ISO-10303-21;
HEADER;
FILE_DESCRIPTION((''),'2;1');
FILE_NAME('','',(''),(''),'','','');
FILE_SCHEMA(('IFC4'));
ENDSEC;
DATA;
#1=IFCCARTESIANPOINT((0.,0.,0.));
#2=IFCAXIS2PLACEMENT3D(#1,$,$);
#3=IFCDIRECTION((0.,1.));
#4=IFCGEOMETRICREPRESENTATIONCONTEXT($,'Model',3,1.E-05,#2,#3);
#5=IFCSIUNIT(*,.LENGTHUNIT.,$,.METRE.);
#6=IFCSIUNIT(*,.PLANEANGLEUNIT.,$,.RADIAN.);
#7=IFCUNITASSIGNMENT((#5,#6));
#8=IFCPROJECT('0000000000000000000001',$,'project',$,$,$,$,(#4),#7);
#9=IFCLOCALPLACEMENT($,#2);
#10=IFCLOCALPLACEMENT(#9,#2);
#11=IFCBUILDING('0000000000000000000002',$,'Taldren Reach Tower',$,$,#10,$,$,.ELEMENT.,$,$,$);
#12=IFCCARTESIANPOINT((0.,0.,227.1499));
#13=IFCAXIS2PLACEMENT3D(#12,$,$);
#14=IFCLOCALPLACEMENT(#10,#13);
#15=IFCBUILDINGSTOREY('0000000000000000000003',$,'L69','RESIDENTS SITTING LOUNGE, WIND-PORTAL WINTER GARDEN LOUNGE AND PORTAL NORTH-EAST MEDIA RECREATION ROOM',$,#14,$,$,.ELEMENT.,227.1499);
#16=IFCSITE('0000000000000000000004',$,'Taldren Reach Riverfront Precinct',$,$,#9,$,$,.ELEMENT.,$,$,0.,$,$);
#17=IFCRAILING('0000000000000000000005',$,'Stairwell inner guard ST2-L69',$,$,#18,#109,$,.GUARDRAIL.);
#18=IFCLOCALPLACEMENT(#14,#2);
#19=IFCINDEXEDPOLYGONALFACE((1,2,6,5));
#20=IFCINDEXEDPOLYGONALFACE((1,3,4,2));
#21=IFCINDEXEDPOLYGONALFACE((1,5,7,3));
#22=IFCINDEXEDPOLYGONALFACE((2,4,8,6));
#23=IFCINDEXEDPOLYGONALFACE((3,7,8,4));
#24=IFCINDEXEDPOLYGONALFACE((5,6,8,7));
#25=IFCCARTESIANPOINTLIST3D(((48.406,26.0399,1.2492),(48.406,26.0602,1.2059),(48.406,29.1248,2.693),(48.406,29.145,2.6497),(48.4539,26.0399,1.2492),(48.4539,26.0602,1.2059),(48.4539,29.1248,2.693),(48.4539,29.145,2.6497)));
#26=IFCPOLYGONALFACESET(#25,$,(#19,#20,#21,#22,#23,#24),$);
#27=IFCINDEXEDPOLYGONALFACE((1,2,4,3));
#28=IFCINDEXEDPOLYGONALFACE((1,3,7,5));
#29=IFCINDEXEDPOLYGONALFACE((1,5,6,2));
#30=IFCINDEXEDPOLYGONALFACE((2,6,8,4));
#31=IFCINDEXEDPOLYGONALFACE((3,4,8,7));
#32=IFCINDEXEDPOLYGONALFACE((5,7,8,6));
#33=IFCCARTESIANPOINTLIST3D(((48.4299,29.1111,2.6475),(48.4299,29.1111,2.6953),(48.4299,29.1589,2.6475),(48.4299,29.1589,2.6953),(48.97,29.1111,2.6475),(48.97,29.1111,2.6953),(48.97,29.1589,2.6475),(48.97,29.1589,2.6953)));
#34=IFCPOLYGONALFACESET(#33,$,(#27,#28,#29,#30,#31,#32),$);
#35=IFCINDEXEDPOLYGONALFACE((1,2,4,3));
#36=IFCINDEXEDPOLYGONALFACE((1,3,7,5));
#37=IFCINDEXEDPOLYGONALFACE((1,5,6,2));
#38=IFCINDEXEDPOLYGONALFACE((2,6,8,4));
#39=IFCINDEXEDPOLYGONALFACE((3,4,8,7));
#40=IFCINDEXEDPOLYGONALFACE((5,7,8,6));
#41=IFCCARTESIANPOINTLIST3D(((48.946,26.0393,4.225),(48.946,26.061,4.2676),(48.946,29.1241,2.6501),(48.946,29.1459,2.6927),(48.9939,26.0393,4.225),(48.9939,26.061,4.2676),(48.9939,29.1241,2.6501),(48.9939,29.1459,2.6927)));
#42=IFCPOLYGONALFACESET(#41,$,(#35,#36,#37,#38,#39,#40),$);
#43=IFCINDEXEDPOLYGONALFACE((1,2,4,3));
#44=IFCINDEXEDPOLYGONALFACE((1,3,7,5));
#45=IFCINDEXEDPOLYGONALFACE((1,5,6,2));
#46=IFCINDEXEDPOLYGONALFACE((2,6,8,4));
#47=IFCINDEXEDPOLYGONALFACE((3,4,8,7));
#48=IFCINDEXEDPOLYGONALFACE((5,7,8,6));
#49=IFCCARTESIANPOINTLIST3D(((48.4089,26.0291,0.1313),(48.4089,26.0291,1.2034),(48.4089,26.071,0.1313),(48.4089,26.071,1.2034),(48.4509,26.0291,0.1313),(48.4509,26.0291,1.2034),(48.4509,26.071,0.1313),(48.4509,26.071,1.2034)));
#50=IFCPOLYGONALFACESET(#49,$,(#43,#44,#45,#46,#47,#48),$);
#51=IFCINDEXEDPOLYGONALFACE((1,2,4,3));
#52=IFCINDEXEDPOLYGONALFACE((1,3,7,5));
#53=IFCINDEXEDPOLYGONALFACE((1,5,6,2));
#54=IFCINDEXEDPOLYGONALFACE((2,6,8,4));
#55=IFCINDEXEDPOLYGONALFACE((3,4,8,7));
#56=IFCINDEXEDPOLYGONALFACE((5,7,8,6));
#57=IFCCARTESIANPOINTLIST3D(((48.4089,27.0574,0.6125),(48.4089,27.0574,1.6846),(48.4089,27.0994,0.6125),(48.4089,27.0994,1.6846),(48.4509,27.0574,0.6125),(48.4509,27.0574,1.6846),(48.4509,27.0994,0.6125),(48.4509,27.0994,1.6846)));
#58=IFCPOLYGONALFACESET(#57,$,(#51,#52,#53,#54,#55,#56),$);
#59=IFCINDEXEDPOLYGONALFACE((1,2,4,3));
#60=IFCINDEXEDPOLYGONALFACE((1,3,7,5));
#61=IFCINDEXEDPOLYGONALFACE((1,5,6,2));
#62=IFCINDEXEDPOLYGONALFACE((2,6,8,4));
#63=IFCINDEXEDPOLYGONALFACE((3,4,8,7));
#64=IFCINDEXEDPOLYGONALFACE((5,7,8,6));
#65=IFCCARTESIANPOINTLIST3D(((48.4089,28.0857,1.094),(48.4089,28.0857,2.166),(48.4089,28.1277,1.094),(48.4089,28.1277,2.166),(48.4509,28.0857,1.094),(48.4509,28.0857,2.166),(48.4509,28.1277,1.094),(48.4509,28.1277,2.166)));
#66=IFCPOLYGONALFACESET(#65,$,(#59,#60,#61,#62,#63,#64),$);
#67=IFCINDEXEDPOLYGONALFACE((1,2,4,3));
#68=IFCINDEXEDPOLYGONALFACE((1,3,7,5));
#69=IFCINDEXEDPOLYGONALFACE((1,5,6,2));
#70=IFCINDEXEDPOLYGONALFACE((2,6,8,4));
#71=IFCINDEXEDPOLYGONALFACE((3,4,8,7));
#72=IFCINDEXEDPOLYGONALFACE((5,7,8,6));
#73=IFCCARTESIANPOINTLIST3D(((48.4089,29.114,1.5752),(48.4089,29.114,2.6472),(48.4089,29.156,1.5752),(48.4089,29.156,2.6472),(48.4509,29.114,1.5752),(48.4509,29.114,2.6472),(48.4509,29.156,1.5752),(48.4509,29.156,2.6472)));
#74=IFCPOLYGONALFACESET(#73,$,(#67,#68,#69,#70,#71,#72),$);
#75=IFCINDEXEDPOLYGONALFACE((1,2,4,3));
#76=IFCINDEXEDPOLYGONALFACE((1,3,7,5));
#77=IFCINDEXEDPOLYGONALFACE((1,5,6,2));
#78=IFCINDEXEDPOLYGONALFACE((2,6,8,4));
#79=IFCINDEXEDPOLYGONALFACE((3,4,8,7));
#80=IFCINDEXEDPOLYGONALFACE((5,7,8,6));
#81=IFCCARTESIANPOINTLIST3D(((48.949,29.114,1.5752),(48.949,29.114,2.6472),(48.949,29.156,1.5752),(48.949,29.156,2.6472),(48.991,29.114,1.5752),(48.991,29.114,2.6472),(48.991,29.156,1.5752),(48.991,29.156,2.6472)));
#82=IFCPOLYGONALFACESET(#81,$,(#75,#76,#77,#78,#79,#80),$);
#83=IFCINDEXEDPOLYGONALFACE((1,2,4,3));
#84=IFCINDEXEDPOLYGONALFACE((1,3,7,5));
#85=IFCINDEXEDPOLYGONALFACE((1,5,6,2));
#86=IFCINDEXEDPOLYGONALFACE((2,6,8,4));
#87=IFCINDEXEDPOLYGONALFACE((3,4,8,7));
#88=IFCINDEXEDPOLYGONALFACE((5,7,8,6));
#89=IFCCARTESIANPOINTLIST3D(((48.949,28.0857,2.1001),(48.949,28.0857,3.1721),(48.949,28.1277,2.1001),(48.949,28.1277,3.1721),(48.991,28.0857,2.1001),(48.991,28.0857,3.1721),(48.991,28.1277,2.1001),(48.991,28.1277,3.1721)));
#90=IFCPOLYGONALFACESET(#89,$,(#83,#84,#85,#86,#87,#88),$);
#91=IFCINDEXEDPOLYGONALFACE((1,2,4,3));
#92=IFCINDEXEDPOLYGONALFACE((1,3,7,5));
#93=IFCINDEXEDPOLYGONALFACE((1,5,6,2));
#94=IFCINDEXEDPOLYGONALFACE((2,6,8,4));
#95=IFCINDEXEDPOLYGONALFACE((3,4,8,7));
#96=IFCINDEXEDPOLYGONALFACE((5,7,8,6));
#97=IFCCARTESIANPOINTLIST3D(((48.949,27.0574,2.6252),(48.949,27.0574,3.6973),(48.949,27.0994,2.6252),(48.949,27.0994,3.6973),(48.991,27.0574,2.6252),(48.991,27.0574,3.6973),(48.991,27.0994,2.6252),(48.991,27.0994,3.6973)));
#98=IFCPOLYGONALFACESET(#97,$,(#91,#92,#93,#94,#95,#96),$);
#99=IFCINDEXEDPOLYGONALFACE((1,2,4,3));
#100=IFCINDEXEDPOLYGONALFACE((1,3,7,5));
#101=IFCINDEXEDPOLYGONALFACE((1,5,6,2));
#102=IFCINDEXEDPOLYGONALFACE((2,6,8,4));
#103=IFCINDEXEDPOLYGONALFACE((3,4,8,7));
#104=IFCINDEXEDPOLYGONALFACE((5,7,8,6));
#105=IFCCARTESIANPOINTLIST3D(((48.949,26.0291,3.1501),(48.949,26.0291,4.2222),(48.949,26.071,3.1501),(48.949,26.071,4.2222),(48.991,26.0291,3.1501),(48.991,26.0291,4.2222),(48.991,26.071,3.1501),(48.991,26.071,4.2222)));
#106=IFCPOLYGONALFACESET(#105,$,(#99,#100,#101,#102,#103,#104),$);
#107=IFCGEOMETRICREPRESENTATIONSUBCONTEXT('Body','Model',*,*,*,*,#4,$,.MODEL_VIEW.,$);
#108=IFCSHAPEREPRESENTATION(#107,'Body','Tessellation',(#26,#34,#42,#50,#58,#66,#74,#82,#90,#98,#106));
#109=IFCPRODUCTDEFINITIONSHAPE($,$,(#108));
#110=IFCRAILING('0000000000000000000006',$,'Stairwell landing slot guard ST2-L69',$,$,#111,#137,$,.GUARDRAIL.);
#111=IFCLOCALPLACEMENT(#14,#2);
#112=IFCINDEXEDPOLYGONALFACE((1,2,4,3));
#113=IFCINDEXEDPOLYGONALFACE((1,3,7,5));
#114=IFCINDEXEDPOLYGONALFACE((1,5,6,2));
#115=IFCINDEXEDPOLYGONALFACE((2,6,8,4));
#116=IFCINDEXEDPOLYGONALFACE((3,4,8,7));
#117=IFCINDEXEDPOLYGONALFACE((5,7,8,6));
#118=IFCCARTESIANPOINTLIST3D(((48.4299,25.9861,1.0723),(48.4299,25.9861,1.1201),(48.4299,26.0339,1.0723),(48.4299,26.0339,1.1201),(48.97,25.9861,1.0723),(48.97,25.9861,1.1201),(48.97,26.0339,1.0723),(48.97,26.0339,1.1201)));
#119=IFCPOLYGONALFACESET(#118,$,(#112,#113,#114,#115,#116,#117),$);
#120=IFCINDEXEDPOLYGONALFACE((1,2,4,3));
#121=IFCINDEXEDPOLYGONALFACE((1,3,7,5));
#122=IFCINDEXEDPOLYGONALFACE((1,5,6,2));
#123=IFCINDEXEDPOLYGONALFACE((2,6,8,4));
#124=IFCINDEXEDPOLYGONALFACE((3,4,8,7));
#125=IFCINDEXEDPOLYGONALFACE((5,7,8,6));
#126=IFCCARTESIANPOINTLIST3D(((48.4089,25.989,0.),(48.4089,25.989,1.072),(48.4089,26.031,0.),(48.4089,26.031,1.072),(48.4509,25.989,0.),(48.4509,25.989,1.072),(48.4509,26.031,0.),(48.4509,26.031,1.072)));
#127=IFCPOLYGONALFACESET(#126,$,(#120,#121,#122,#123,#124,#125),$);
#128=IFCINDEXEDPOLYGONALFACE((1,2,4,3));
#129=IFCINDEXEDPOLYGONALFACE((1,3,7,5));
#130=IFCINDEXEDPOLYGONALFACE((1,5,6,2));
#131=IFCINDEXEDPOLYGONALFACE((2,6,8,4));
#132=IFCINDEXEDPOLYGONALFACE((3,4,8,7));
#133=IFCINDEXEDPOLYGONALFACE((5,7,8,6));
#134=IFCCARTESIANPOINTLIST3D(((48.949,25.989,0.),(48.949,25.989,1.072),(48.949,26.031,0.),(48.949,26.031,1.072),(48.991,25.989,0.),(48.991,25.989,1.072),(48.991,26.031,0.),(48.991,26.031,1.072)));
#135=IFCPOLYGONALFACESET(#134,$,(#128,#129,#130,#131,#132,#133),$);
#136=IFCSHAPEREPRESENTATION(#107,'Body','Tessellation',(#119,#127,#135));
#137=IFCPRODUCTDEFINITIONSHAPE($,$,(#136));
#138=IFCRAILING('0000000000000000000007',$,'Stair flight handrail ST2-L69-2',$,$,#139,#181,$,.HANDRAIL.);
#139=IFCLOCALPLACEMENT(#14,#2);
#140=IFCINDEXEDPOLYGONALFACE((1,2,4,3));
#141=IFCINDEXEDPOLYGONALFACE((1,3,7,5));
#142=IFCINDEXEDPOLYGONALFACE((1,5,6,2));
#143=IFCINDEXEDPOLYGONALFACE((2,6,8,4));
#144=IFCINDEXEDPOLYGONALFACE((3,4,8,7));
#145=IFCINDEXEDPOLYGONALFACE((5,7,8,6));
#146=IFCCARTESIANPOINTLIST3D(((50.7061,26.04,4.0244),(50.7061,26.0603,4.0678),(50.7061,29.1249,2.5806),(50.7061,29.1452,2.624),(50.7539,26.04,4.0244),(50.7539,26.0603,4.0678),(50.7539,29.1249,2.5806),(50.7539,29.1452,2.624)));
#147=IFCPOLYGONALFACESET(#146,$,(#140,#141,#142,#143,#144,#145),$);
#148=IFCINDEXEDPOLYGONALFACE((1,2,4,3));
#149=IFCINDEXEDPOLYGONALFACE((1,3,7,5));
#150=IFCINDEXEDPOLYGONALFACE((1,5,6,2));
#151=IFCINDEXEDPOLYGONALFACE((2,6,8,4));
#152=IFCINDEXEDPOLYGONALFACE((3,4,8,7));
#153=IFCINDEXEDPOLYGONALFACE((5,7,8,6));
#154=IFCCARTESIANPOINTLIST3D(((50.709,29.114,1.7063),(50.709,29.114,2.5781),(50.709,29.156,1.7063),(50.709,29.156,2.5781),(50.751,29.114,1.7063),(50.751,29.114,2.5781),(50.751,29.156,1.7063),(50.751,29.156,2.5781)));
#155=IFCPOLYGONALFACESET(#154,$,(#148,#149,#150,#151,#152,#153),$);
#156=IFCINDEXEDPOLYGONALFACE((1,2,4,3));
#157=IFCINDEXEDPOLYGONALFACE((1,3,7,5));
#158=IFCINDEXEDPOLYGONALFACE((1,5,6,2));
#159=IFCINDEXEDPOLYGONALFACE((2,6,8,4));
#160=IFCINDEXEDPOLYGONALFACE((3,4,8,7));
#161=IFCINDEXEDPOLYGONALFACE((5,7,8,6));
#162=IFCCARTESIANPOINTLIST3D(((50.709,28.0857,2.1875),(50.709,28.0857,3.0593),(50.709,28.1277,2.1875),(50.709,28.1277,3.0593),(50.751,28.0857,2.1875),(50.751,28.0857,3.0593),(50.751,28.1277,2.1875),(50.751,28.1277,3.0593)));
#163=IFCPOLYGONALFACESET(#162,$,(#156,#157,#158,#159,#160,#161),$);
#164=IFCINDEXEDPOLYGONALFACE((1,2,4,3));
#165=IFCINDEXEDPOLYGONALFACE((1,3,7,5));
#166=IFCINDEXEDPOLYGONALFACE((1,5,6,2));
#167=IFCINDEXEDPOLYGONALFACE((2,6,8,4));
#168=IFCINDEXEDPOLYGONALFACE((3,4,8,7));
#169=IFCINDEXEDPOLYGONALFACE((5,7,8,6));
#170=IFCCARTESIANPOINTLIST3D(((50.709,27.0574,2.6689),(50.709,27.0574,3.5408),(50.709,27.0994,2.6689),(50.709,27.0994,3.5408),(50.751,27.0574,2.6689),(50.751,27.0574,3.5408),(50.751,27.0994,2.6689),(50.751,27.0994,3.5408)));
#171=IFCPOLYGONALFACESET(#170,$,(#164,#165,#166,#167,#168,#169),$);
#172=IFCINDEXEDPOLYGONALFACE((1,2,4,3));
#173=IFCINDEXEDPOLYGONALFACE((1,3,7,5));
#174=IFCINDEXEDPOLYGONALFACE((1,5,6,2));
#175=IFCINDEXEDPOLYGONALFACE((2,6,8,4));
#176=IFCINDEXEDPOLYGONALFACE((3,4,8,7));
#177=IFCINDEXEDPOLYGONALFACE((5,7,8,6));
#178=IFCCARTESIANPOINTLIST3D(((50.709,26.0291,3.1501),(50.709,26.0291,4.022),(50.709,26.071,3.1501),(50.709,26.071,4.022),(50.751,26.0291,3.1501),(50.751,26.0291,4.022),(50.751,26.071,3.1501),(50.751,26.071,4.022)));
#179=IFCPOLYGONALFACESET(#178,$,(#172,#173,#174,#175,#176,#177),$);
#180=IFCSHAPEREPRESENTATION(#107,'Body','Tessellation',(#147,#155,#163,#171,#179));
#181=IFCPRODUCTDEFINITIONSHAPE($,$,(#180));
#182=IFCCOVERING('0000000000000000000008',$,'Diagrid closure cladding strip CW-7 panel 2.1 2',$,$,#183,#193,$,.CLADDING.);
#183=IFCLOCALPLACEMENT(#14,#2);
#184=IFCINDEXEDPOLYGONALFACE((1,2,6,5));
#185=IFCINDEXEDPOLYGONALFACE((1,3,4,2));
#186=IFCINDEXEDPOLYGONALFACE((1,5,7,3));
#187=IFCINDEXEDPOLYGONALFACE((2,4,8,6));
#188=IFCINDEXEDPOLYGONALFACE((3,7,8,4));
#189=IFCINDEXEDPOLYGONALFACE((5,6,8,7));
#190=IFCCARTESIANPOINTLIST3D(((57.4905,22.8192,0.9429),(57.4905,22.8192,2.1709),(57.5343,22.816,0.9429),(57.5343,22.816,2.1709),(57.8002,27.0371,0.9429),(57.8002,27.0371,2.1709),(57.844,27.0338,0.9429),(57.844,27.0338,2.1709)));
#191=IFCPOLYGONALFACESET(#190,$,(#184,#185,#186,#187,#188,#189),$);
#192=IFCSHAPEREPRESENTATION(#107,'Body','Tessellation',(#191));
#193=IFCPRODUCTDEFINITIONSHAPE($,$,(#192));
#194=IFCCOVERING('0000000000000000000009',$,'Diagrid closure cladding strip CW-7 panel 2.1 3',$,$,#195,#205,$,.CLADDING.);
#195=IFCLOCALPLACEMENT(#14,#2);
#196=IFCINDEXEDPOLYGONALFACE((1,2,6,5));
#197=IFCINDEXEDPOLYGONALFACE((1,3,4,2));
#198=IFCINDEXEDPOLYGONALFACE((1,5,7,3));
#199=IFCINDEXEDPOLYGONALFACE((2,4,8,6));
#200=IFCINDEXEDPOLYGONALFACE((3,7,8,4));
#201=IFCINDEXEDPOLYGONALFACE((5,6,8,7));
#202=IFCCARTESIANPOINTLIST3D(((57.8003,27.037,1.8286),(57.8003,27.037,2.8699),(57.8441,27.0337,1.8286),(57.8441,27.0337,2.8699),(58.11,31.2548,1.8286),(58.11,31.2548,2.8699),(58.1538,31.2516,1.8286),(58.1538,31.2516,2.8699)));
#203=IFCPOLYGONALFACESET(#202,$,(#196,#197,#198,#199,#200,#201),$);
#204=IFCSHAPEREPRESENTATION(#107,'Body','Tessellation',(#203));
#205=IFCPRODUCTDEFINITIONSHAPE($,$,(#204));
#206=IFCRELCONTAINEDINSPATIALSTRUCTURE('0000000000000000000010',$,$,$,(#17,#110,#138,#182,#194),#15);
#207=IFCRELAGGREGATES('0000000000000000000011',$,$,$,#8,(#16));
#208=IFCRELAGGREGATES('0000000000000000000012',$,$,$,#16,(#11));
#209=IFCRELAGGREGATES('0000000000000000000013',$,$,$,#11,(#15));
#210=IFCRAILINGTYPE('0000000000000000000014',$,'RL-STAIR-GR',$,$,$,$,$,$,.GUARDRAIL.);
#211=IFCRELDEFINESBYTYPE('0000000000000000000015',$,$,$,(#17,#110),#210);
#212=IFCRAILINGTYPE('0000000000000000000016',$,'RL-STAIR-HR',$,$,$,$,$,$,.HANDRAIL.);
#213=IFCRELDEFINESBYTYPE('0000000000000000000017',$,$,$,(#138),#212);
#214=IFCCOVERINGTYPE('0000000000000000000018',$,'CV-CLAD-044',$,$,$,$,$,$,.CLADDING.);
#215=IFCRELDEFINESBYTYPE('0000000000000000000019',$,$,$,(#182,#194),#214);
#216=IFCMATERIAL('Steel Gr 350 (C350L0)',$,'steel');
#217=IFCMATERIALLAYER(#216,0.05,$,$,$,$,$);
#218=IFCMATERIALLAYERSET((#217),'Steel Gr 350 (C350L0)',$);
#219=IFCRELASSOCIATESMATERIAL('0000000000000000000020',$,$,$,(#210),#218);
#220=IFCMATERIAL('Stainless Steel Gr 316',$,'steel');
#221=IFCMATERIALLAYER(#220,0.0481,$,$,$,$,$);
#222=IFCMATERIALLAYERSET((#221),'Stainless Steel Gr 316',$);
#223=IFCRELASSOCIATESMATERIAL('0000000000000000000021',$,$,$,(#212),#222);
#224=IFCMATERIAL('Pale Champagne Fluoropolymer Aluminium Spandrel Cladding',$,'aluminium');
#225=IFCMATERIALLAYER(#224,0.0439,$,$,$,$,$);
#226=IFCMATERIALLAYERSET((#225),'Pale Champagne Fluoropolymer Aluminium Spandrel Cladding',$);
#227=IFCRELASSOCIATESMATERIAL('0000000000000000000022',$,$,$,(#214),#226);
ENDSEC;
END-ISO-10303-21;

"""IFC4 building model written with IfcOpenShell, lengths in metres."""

from ifc_helpers import new_model, si_unit, direction, frame, origin, origin_2d, place, context, subcontext, project, spatial, rectangle, extrude, source, transform, mapped, material, layer, layer_set, type_object, element, save


model = new_model("IFC4")

# Units and contexts
model_context = context("Model", 3, precision=1e-05, world=origin(), true_north=direction((0.0, 1.0)))
body_context = subcontext(model_context, "Body", "Model", "MODEL_VIEW")
ifc_project = project(units=[si_unit("LENGTHUNIT", "METRE"), si_unit("PLANEANGLEUNIT", "RADIAN")], contexts=[model_context])

# Site, building, storey
site_placement = place(None, origin())
site = spatial("IfcSite", under=ifc_project, at=site_placement, Name="Taldren Reach Riverfront Precinct", CompositionType="ELEMENT", RefElevation=0.0)
building_placement = place(site_placement, origin())
building = spatial("IfcBuilding", under=site, at=building_placement, Name="Taldren Reach Tower", CompositionType="ELEMENT")
storey_placement = place(building_placement, frame((0.0, 0.0, 227.1499)))
storey = spatial("IfcBuildingStorey", under=building, at=storey_placement, Name="L69", Description="RESIDENTS SITTING LOUNGE, WIND-PORTAL WINTER GARDEN LOUNGE AND PORTAL NORTH-EAST MEDIA RECREATION ROOM", CompositionType="ELEMENT", Elevation=227.1499)

# Shared definitions
ifc_material_1 = material(Name="Steel Gr 350 (C350L0)", Category="steel")

# Railings
ifc_layer_1 = layer(ifc_material_1, 0.05)
ifc_layer_set_1 = layer_set([ifc_layer_1], Name="Steel Gr 350 (C350L0)")
railing_type_1 = type_object("IfcRailingType", Name="RL-STAIR-GR", PredefinedType="GUARDRAIL", material=ifc_layer_set_1)
railing_1_placement = place(storey_placement, frame((48.4299, 26.05, 0.1313)))
element("IfcRailing", 1, at=railing_1_placement, inside=storey, type_object=railing_type_1, Name="Stairwell inner guard ST2-L69", PredefinedType="GUARDRAIL", context=body_context, shape_type="SweptSolid", body=[
    extrude(rectangle(XDim=0.0479, YDim=0.0479, at=origin_2d()), frame((0.0, 0.0, 1.0962), z_axis=(0.0, 0.90571, 0.423898), x_axis=(-1.0, 0.0, 0.0)), (0.0, 0.0, 1.0), 3.406),
    extrude(rectangle(XDim=0.0479, YDim=0.0479, at=origin_2d()), frame((0.0, 3.085, 2.54), z_axis=(1.0, 0.0, 0.0), x_axis=(0.0, 1.0, 0.0)), (0.0, 0.0, 1.0), 0.54),
    extrude(rectangle(XDim=0.0479, YDim=0.0479, at=origin_2d()), frame((0.54, 3.085, 2.54), z_axis=(0.0, -0.890646, 0.454697), x_axis=(1.0, 0.0, 0.0)), (0.0, 0.0, 1.0), 3.4636),
    extrude(rectangle(XDim=0.042, YDim=0.042, at=origin_2d()), origin(), (0.0, 0.0, 1.0), 1.072),
    extrude(rectangle(XDim=0.042, YDim=0.042, at=origin_2d()), frame((0.0, 1.0283, 0.4812)), (0.0, 0.0, 1.0), 1.072),
    extrude(rectangle(XDim=0.042, YDim=0.042, at=origin_2d()), frame((0.0, 2.0566, 0.9626)), (0.0, 0.0, 1.0), 1.072),
    extrude(rectangle(XDim=0.042, YDim=0.042, at=origin_2d()), frame((0.0, 3.085, 1.4438)), (0.0, 0.0, 1.0), 1.072),
    extrude(rectangle(XDim=0.042, YDim=0.042, at=origin_2d()), frame((0.54, 3.085, 1.4438)), (0.0, 0.0, 1.0), 1.072),
    extrude(rectangle(XDim=0.042, YDim=0.042, at=origin_2d()), frame((0.54, 2.0566, 1.9688)), (0.0, 0.0, 1.0), 1.072),
    extrude(rectangle(XDim=0.042, YDim=0.042, at=origin_2d()), frame((0.54, 1.0283, 2.4939)), (0.0, 0.0, 1.0), 1.072),
    extrude(rectangle(XDim=0.042, YDim=0.042, at=origin_2d()), frame((0.54, 0.0, 3.0188)), (0.0, 0.0, 1.0), 1.072),
])
railing_2_placement = place(storey_placement, frame((48.4299, 26.01, 0.0)))
element("IfcRailing", 2, at=railing_2_placement, inside=storey, type_object=railing_type_1, Name="Stairwell landing slot guard ST2-L69", PredefinedType="GUARDRAIL", context=body_context, shape_type="SweptSolid", body=[
    extrude(rectangle(XDim=0.0479, YDim=0.0479, at=origin_2d()), frame((0.0, 0.0, 1.0962), z_axis=(1.0, 0.0, 0.0), x_axis=(0.0, 1.0, 0.0)), (0.0, 0.0, 1.0), 0.54),
    extrude(rectangle(XDim=0.042, YDim=0.042, at=origin_2d()), origin(), (0.0, 0.0, 1.0), 1.072),
    extrude(rectangle(XDim=0.042, YDim=0.042, at=origin_2d()), frame((0.54, 0.0, 0.0)), (0.0, 0.0, 1.0), 1.072),
])
ifc_material_2 = material(Name="Stainless Steel Gr 316", Category="steel")
ifc_layer_2 = layer(ifc_material_2, 0.0481)
ifc_layer_set_2 = layer_set([ifc_layer_2], Name="Stainless Steel Gr 316")
railing_type_2 = type_object("IfcRailingType", Name="RL-STAIR-HR", PredefinedType="HANDRAIL", material=ifc_layer_set_2)
railing_3_placement = place(storey_placement, frame((50.73, 29.135, 1.7063)))
element("IfcRailing", 3, at=railing_3_placement, inside=storey, type_object=railing_type_2, Name="Stair flight handrail ST2-L69-2", PredefinedType="HANDRAIL", context=body_context, shape_type="SweptSolid", body=[
    extrude(rectangle(XDim=0.0479, YDim=0.0479, at=origin_2d()), frame((0.0, 0.0, 0.896), z_axis=(0.0, -0.90571, 0.423898), x_axis=(1.0, 0.0, 0.0)), (0.0, 0.0, 1.0), 3.406),
    extrude(rectangle(XDim=0.042, YDim=0.042, at=origin_2d()), origin(), (0.0, 0.0, 1.0), 0.8718),
    extrude(rectangle(XDim=0.042, YDim=0.042, at=origin_2d()), frame((0.0, -1.0283, 0.4812)), (0.0, 0.0, 1.0), 0.8718),
    extrude(rectangle(XDim=0.042, YDim=0.042, at=origin_2d()), frame((0.0, -2.0566, 0.9626)), (0.0, 0.0, 1.0), 0.8718),
    extrude(rectangle(XDim=0.042, YDim=0.042, at=origin_2d()), frame((0.0, -3.085, 1.4438)), (0.0, 0.0, 1.0), 0.8718),
])

# Coverings
ifc_material_3 = material(Name="Pale Champagne Fluoropolymer Aluminium Spandrel Cladding", Category="aluminium")
ifc_layer_3 = layer(ifc_material_3, 0.0439)
ifc_layer_set_3 = layer_set([ifc_layer_3], Name="Pale Champagne Fluoropolymer Aluminium Spandrel Cladding")
covering_type = type_object("IfcCoveringType", Name="CV-CLAD-044", PredefinedType="CLADDING", material=ifc_layer_set_3)
shared_shape_1 = source(origin(), body_context, "Body", "SweptSolid", [
    extrude(rectangle(XDim=4.2292, YDim=0.0439, at=origin_2d()), origin(), (0.0, 0.0, 1.0), 1.228),
])
covering_1_placement = place(storey_placement, frame((57.6672, 24.9265, 0.9429), z_axis=(0.0, 0.0, 1.0), x_axis=(0.073238, 0.997314, 0.0)))
element("IfcCovering", 4, at=covering_1_placement, inside=storey, type_object=covering_type, Name="Diagrid closure cladding strip CW-7 panel 2.1 2", PredefinedType="CLADDING", context=body_context, shape_type="MappedRepresentation", body=[
    mapped(shared_shape_1, transform((0.0, 0.0, 0.0), scale=1.0)),
])
shared_shape_2 = source(origin(), body_context, "Body", "SweptSolid", [
    extrude(rectangle(XDim=4.2292, YDim=0.0439, at=origin_2d()), origin(), (0.0, 0.0, 1.0), 1.0413),
])
covering_2_placement = place(storey_placement, frame((57.9771, 29.1443, 1.8286), z_axis=(0.0, 0.0, 1.0), x_axis=(0.073238, 0.997314, 0.0)))
element("IfcCovering", 5, at=covering_2_placement, inside=storey, type_object=covering_type, Name="Diagrid closure cladding strip CW-7 panel 2.1 3", PredefinedType="CLADDING", context=body_context, shape_type="MappedRepresentation", body=[
    mapped(shared_shape_2, transform((0.0, 0.0, 0.0), scale=1.0)),
])

save(model, "model.ifc")
